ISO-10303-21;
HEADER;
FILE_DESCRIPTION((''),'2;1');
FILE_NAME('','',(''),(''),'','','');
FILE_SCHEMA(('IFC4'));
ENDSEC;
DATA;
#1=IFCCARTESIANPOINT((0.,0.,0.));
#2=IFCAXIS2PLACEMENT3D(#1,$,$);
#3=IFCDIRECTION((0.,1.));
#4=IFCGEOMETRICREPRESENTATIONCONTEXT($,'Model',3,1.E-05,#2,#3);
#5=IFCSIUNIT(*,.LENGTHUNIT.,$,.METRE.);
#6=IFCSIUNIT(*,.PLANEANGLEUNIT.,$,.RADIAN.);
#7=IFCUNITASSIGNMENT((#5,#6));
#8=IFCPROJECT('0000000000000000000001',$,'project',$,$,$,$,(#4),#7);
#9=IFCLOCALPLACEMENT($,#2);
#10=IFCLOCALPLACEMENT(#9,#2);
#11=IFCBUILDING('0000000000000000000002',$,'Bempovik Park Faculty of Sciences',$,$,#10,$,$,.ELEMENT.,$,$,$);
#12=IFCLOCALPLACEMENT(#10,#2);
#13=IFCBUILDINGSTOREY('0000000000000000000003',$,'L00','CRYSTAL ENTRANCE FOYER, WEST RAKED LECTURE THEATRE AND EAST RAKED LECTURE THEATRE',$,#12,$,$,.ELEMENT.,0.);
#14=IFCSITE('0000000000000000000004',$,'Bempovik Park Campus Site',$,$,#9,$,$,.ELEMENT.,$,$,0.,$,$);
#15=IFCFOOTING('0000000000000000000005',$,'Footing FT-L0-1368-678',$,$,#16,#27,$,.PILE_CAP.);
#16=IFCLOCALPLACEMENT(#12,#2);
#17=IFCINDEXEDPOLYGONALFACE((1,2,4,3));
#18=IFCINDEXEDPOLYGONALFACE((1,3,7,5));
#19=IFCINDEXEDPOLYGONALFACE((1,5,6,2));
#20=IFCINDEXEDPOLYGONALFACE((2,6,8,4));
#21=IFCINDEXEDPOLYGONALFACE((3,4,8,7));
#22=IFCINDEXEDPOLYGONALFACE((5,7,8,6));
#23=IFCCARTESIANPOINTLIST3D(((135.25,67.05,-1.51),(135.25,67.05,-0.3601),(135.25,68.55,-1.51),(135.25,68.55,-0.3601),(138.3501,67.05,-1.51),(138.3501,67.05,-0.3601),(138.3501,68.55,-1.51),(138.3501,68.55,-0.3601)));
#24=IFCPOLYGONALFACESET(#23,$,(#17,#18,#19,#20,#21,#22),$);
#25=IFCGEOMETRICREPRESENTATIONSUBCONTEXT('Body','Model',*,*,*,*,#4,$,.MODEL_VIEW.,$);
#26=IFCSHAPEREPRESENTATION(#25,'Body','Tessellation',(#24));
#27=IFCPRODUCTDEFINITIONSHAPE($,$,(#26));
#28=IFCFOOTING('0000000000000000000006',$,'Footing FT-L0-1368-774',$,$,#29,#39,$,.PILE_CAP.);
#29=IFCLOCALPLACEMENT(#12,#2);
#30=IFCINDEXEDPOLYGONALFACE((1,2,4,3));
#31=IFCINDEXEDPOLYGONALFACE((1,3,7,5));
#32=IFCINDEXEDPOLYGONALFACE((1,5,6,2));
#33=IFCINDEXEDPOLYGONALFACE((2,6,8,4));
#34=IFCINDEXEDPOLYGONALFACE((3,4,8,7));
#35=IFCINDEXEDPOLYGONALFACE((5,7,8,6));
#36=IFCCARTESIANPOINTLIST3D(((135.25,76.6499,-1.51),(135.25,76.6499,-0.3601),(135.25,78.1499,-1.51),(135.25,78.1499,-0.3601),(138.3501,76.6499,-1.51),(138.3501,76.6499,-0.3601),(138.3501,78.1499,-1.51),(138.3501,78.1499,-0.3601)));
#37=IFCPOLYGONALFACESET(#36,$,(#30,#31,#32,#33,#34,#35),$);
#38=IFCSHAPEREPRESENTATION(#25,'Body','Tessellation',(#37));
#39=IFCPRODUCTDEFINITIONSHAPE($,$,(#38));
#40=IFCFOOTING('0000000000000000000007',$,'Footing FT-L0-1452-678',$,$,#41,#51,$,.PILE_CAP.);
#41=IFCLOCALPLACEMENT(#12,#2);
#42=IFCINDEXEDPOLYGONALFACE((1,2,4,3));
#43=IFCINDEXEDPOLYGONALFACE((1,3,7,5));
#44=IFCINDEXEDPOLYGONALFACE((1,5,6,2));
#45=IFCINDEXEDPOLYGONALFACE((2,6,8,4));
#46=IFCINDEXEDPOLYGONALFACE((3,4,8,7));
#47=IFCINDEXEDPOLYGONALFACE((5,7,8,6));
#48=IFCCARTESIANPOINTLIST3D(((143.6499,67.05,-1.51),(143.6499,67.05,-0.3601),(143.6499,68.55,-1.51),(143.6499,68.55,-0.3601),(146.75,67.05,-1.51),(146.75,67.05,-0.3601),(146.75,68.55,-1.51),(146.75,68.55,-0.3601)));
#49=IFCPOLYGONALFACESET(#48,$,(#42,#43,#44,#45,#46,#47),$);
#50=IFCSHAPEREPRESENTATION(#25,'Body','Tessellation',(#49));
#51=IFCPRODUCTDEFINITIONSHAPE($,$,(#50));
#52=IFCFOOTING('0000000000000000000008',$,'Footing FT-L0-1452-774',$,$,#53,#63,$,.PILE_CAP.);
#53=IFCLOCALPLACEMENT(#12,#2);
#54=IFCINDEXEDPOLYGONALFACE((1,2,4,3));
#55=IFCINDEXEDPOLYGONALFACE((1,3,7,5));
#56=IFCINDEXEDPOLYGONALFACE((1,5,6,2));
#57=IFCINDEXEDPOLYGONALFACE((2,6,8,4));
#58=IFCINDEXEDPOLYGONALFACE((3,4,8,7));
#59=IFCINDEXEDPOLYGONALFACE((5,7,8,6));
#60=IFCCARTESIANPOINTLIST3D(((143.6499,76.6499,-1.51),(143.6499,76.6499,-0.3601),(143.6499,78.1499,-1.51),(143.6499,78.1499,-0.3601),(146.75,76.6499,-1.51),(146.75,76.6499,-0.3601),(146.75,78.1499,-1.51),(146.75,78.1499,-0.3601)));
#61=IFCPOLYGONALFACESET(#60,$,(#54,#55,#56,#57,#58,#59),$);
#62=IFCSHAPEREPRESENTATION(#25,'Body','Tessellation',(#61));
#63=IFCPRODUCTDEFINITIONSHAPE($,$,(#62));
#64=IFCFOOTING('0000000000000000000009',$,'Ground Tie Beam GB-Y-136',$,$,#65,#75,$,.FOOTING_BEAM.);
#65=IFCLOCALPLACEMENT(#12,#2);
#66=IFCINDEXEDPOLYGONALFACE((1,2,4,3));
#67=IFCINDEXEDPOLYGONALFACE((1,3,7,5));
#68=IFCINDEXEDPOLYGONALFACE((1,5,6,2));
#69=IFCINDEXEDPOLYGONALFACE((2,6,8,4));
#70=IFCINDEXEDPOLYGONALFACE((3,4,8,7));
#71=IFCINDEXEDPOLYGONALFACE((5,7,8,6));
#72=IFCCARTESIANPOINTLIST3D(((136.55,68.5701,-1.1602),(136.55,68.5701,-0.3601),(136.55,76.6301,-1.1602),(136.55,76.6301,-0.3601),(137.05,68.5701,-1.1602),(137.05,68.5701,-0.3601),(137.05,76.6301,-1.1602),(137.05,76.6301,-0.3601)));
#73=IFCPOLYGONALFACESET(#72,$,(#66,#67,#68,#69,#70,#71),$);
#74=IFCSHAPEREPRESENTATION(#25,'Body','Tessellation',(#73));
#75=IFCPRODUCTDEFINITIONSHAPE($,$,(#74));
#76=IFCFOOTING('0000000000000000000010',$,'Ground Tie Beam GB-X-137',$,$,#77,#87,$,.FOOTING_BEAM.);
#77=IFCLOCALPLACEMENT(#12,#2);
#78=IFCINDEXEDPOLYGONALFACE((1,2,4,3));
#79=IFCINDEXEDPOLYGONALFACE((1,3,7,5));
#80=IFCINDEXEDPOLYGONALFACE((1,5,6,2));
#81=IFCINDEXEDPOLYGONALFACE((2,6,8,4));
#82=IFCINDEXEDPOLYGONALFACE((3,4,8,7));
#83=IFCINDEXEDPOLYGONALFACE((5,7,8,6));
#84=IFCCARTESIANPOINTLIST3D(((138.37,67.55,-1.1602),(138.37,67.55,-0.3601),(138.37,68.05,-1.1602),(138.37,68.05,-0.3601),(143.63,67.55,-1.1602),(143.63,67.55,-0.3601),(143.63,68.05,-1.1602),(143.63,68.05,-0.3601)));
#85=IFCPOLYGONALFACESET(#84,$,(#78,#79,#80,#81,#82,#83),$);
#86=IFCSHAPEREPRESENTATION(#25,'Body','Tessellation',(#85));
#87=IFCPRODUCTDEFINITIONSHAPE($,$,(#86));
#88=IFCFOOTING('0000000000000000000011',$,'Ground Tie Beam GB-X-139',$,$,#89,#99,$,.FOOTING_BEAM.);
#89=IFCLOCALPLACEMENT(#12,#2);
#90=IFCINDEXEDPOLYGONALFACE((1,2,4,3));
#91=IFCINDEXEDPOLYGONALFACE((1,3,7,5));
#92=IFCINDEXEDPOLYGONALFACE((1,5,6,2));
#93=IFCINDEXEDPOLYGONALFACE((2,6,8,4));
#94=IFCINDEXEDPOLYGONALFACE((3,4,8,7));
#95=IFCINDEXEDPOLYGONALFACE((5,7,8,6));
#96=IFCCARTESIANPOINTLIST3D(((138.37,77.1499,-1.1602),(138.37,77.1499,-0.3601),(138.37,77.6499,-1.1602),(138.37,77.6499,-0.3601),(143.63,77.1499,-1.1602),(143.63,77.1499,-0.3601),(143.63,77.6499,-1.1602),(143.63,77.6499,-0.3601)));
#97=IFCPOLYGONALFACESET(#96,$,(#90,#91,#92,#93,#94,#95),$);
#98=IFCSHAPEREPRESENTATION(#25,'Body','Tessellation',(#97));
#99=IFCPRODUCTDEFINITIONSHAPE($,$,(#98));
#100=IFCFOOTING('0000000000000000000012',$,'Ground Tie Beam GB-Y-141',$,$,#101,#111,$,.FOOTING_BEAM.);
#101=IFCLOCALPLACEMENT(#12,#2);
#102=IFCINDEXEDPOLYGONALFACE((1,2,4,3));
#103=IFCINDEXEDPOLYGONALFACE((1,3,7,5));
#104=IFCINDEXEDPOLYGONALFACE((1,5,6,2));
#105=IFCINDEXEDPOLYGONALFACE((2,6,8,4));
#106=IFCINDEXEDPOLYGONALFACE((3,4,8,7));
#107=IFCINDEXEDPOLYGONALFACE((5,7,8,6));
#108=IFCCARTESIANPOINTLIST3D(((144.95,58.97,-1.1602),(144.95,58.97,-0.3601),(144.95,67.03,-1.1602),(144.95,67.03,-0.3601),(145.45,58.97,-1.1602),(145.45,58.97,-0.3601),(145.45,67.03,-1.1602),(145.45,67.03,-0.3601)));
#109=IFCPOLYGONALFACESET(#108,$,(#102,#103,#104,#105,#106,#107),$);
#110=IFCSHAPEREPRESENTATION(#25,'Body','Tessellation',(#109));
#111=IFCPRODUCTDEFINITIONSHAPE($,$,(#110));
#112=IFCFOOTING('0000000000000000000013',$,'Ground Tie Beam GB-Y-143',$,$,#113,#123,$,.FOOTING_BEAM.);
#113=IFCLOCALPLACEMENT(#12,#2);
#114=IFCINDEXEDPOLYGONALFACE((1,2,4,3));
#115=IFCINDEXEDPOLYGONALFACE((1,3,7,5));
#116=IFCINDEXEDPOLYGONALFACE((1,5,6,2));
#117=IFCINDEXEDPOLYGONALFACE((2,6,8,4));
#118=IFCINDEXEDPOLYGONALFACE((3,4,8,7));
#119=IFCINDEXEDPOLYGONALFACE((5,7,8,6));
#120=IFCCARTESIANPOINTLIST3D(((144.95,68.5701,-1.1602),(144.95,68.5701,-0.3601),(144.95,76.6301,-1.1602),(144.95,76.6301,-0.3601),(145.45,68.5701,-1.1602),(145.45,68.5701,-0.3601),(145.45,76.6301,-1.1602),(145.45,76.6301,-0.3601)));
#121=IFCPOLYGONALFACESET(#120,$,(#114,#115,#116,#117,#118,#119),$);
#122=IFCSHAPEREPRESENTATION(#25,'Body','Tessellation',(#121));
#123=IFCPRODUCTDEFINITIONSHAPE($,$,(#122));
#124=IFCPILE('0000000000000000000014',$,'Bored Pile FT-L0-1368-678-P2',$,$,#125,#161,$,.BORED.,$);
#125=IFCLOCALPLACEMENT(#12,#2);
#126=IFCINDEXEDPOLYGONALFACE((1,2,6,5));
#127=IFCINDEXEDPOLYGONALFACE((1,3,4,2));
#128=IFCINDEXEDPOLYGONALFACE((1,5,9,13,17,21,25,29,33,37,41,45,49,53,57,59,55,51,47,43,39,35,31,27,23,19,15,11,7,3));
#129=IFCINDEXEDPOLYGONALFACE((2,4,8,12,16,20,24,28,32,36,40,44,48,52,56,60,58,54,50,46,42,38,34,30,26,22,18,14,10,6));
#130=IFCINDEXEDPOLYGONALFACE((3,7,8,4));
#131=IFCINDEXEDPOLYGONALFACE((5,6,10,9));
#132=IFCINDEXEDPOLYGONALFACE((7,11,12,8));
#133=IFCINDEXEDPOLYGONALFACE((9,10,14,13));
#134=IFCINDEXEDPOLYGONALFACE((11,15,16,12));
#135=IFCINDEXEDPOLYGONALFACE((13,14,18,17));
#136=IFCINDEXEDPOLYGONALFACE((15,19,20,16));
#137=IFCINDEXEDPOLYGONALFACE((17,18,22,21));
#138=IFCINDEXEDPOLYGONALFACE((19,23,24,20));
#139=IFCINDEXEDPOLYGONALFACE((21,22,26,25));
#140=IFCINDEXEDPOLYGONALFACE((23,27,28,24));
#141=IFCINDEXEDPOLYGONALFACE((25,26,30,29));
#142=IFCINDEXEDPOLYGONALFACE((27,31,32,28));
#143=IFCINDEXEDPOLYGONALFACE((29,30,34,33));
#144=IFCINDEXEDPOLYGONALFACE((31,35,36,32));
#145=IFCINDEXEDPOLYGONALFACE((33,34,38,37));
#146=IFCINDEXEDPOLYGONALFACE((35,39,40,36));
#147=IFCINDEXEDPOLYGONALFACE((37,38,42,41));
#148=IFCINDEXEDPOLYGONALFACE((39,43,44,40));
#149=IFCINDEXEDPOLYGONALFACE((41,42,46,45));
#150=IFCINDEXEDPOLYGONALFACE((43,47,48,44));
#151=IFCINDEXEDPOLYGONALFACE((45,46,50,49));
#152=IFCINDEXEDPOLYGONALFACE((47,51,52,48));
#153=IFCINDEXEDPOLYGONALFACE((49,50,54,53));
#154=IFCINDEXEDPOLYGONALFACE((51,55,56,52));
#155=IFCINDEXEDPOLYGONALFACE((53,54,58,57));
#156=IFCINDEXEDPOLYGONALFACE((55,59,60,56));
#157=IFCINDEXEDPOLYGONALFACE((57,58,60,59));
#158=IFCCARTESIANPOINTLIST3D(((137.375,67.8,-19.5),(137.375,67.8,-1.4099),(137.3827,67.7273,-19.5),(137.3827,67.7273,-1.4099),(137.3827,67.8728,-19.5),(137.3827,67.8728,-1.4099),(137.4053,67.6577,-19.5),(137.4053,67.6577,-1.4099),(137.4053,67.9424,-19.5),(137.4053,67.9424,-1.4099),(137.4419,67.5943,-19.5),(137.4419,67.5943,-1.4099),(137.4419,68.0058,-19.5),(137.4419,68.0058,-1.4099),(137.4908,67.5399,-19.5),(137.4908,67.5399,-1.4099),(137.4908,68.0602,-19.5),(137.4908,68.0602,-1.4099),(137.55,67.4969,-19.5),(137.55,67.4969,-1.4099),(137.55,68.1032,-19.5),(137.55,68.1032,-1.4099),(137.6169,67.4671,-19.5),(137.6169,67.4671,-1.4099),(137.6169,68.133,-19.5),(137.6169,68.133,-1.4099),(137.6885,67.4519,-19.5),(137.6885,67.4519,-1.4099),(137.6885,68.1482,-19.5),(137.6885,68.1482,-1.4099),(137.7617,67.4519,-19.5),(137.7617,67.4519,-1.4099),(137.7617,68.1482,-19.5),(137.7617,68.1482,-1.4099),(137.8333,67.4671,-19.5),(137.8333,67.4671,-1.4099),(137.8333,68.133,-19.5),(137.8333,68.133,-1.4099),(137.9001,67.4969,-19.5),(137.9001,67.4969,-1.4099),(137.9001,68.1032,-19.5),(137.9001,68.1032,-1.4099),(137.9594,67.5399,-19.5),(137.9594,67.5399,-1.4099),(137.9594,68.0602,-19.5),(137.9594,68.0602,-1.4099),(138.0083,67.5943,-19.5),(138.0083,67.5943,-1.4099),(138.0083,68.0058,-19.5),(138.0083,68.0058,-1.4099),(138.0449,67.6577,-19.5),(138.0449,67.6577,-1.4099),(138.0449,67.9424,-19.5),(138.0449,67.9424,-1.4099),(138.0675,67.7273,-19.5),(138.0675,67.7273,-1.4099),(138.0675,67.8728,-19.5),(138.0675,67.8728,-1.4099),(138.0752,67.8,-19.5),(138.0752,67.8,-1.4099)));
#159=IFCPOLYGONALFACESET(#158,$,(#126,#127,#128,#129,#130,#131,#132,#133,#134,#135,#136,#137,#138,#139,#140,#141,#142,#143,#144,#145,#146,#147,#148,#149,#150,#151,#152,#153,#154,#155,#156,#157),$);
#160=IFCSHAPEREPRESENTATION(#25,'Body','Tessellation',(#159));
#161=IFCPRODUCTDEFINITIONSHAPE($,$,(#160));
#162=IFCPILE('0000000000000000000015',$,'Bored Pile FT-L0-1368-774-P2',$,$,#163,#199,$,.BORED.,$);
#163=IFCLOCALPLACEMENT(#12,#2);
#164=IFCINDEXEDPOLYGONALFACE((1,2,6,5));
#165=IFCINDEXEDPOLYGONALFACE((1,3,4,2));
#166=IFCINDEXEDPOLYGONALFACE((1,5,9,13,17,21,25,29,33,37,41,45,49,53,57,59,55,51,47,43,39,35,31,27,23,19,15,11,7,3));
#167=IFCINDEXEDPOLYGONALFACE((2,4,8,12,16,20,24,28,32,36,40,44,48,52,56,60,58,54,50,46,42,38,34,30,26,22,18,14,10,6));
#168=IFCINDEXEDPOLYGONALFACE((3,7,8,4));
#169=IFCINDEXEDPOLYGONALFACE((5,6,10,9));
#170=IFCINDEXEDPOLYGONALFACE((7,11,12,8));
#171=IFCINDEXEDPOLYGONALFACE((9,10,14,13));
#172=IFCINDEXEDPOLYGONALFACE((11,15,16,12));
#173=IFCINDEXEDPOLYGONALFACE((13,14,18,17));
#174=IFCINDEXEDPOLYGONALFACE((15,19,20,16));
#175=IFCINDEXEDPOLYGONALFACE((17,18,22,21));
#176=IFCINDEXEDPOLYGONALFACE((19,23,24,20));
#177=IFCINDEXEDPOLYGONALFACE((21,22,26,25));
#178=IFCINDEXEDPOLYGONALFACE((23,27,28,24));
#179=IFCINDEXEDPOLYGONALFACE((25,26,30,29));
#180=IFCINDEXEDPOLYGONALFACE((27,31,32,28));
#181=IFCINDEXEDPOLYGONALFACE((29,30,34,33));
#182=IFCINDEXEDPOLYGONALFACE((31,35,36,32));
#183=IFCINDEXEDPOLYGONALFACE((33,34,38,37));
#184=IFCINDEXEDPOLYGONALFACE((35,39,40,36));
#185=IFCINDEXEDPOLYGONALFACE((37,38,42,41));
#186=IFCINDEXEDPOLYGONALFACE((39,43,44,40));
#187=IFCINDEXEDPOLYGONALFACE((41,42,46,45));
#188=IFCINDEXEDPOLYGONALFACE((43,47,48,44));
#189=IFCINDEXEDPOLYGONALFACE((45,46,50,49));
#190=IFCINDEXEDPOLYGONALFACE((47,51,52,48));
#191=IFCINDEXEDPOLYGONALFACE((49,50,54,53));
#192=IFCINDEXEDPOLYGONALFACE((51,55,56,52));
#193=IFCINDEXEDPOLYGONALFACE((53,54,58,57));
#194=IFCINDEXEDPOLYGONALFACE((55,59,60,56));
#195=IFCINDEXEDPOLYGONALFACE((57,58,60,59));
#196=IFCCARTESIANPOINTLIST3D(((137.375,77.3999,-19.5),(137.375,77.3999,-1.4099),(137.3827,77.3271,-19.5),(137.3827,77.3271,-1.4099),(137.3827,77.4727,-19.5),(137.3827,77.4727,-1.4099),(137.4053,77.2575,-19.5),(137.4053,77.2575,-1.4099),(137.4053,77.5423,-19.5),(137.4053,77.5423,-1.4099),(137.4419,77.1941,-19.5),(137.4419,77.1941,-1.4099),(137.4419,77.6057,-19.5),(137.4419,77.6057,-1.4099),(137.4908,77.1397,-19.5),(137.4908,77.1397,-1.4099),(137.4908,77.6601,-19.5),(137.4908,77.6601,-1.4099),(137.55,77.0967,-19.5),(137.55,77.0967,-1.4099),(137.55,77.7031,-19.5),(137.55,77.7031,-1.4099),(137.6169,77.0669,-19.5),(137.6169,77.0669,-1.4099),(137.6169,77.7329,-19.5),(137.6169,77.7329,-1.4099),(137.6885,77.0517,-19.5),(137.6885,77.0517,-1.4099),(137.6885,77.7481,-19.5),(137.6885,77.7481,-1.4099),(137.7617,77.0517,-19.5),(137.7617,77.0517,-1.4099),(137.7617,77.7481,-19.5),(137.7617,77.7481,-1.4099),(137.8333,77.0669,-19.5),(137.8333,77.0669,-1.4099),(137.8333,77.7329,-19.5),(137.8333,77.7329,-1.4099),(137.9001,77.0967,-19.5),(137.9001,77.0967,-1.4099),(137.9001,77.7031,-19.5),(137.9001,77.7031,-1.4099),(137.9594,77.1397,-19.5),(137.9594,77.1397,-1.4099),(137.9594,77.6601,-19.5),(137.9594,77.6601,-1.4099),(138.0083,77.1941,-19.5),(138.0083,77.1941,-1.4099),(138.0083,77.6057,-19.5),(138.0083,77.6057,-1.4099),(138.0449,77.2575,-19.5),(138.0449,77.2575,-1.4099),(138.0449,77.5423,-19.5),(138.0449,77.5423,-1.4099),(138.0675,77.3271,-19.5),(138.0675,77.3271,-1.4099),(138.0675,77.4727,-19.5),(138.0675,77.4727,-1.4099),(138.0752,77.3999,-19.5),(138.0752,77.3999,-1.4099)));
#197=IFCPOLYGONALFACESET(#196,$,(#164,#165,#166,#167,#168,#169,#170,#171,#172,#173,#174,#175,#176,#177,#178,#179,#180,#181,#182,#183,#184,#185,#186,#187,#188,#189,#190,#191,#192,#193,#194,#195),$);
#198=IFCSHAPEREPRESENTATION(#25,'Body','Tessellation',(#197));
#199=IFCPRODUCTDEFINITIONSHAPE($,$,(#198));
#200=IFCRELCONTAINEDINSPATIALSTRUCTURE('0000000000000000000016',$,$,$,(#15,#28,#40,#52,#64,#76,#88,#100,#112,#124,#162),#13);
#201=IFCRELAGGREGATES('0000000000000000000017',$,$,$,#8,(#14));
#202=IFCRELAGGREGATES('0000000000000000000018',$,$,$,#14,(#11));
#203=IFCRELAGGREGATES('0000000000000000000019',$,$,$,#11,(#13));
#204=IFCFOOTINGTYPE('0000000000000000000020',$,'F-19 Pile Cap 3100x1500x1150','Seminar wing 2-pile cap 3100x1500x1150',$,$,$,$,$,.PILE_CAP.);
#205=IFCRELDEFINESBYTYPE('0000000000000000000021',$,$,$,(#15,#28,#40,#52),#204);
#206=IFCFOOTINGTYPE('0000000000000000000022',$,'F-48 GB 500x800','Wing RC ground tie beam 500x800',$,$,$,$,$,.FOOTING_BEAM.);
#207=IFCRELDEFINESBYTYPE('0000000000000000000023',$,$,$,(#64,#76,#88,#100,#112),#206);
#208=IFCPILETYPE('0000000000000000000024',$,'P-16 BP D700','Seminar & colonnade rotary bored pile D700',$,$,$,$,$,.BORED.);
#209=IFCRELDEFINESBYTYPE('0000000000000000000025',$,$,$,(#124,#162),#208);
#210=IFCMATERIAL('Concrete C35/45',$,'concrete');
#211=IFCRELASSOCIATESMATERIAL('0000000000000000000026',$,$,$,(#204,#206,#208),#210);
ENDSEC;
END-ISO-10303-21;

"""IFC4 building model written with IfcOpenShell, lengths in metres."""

from ifc_helpers import new_model, si_unit, direction, frame, origin, origin_2d, place, context, subcontext, project, spatial, rectangle, circle, extrude, material, material_profile, profile_set, type_object, element, save


model = new_model("IFC4")

# Units and contexts
model_context = context("Model", 3, precision=1e-05, world=origin(), true_north=direction((0.0, 1.0)))
body_context = subcontext(model_context, "Body", "Model", "MODEL_VIEW")
ifc_project = project(units=[si_unit("LENGTHUNIT", "METRE"), si_unit("PLANEANGLEUNIT", "RADIAN")], contexts=[model_context])

# Site, building, storey
site_placement = place(None, origin())
site = spatial("IfcSite", under=ifc_project, at=site_placement, Name="Bempovik Park Campus Site", CompositionType="ELEMENT", RefElevation=0.0)
building_placement = place(site_placement, origin())
building = spatial("IfcBuilding", under=site, at=building_placement, Name="Bempovik Park Faculty of Sciences", CompositionType="ELEMENT")
storey_placement = place(building_placement, origin())
storey = spatial("IfcBuildingStorey", under=building, at=storey_placement, Name="L00", Description="CRYSTAL ENTRANCE FOYER, WEST RAKED LECTURE THEATRE AND EAST RAKED LECTURE THEATRE", CompositionType="ELEMENT", Elevation=0.0)

# Footings
ifc_material_1 = material(Name="Concrete C35/45", Category="concrete")
footing_type_1 = type_object("IfcFootingType", Name="F-19 Pile Cap 3100x1500x1150", Description="Seminar wing 2-pile cap 3100x1500x1150", PredefinedType="PILE_CAP", material=ifc_material_1)
for number, where, z_axis, x_axis, name in (
    (1, (136.8, 67.8, -1.51), (0.0, 0.0, 1.0), (1.0, 0.0, 0.0), "Footing FT-L0-1368-678"),
    (2, (136.8, 77.3999, -1.51), (0.0, 0.0, 1.0), (1.0, 0.0, 0.0), "Footing FT-L0-1368-774"),
    (3, (145.2, 67.8, -1.51), (0.0, 0.0, 1.0), (1.0, 0.0, 0.0), "Footing FT-L0-1452-678"),
    (4, (145.2, 77.3999, -1.51), (0.0, 0.0, 1.0), (1.0, 0.0, 0.0), "Footing FT-L0-1452-774"),
):
    element("IfcFooting", number, at=place(storey_placement, frame(where, z_axis=z_axis, x_axis=x_axis)), inside=storey, type_object=footing_type_1, Name=name, PredefinedType="PILE_CAP", context=body_context, shape_type="SweptSolid", body=[
        extrude(rectangle(XDim=3.1001, YDim=1.5, at=origin_2d()), origin(), (0.0, 0.0, 1.0), 1.1499),
    ])
footing_type_2 = type_object("IfcFootingType", Name="F-48 GB 500x800", Description="Wing RC ground tie beam 500x800", PredefinedType="FOOTING_BEAM", material=ifc_material_1)
footing_placement = place(storey_placement, frame((136.8, 72.6001, -1.1602), z_axis=(0.0, 0.0, 1.0), x_axis=(1.0, 0.0, 0.0)))
element("IfcFooting", 5, at=footing_placement, inside=storey, type_object=footing_type_2, Name="Ground Tie Beam GB-Y-136", PredefinedType="FOOTING_BEAM", context=body_context, shape_type="SweptSolid", body=[
    extrude(rectangle(XDim=0.5, YDim=8.0601, at=origin_2d()), origin(), (0.0, 0.0, 1.0), 0.8),
])
for number, where, z_axis, x_axis, name in (
    (6, (141.0, 67.8, -1.1602), (0.0, 0.0, 1.0), (1.0, 0.0, 0.0), "Ground Tie Beam GB-X-137"),
    (7, (141.0, 77.3999, -1.1602), (0.0, 0.0, 1.0), (1.0, 0.0, 0.0), "Ground Tie Beam GB-X-139"),
):
    element("IfcFooting", number, at=place(storey_placement, frame(where, z_axis=z_axis, x_axis=x_axis)), inside=storey, type_object=footing_type_2, Name=name, PredefinedType="FOOTING_BEAM", context=body_context, shape_type="SweptSolid", body=[
        extrude(rectangle(XDim=5.26, YDim=0.5, at=origin_2d()), origin(), (0.0, 0.0, 1.0), 0.8),
    ])
for number, where, z_axis, x_axis, name in (
    (8, (145.2, 63.0, -1.1602), (0.0, 0.0, 1.0), (1.0, 0.0, 0.0), "Ground Tie Beam GB-Y-141"),
    (9, (145.2, 72.6001, -1.1602), (0.0, 0.0, 1.0), (1.0, 0.0, 0.0), "Ground Tie Beam GB-Y-143"),
):
    element("IfcFooting", number, at=place(storey_placement, frame(where, z_axis=z_axis, x_axis=x_axis)), inside=storey, type_object=footing_type_2, Name=name, PredefinedType="FOOTING_BEAM", context=body_context, shape_type="SweptSolid", body=[
        extrude(rectangle(XDim=0.5, YDim=8.0601, at=origin_2d()), origin(), (0.0, 0.0, 1.0), 0.8),
    ])

# Piles
ifc_material_profile_1 = material_profile(ifc_material_1, circle(Radius=0.3501, at=origin_2d()), Name="BP D700")
ifc_profile_set_1 = profile_set([ifc_material_profile_1], Name="Concrete C35/45")
pile_type = type_object("IfcPileType", Name="P-16 BP D700", Description="Seminar & colonnade rotary bored pile D700", PredefinedType="BORED", material=ifc_profile_set_1)
for number, where, z_axis, x_axis, name in (
    (10, (137.7251, 67.8, -1.4099), (0.0, 0.0, -1.0), (1.0, 0.0, 0.0), "Bored Pile FT-L0-1368-678-P2"),
    (11, (137.7251, 77.3999, -1.4099), (0.0, 0.0, -1.0), (1.0, 0.0, 0.0), "Bored Pile FT-L0-1368-774-P2"),
):
    element("IfcPile", number, at=place(storey_placement, frame(where, z_axis=z_axis, x_axis=x_axis)), inside=storey, type_object=pile_type, Name=name, PredefinedType="BORED", context=body_context, shape_type="SweptSolid", body=[
        extrude(circle(Radius=0.3501, at=origin_2d()), origin(), (0.0, 0.0, 1.0), 18.0901),
    ])

save(model, "model.ifc")
